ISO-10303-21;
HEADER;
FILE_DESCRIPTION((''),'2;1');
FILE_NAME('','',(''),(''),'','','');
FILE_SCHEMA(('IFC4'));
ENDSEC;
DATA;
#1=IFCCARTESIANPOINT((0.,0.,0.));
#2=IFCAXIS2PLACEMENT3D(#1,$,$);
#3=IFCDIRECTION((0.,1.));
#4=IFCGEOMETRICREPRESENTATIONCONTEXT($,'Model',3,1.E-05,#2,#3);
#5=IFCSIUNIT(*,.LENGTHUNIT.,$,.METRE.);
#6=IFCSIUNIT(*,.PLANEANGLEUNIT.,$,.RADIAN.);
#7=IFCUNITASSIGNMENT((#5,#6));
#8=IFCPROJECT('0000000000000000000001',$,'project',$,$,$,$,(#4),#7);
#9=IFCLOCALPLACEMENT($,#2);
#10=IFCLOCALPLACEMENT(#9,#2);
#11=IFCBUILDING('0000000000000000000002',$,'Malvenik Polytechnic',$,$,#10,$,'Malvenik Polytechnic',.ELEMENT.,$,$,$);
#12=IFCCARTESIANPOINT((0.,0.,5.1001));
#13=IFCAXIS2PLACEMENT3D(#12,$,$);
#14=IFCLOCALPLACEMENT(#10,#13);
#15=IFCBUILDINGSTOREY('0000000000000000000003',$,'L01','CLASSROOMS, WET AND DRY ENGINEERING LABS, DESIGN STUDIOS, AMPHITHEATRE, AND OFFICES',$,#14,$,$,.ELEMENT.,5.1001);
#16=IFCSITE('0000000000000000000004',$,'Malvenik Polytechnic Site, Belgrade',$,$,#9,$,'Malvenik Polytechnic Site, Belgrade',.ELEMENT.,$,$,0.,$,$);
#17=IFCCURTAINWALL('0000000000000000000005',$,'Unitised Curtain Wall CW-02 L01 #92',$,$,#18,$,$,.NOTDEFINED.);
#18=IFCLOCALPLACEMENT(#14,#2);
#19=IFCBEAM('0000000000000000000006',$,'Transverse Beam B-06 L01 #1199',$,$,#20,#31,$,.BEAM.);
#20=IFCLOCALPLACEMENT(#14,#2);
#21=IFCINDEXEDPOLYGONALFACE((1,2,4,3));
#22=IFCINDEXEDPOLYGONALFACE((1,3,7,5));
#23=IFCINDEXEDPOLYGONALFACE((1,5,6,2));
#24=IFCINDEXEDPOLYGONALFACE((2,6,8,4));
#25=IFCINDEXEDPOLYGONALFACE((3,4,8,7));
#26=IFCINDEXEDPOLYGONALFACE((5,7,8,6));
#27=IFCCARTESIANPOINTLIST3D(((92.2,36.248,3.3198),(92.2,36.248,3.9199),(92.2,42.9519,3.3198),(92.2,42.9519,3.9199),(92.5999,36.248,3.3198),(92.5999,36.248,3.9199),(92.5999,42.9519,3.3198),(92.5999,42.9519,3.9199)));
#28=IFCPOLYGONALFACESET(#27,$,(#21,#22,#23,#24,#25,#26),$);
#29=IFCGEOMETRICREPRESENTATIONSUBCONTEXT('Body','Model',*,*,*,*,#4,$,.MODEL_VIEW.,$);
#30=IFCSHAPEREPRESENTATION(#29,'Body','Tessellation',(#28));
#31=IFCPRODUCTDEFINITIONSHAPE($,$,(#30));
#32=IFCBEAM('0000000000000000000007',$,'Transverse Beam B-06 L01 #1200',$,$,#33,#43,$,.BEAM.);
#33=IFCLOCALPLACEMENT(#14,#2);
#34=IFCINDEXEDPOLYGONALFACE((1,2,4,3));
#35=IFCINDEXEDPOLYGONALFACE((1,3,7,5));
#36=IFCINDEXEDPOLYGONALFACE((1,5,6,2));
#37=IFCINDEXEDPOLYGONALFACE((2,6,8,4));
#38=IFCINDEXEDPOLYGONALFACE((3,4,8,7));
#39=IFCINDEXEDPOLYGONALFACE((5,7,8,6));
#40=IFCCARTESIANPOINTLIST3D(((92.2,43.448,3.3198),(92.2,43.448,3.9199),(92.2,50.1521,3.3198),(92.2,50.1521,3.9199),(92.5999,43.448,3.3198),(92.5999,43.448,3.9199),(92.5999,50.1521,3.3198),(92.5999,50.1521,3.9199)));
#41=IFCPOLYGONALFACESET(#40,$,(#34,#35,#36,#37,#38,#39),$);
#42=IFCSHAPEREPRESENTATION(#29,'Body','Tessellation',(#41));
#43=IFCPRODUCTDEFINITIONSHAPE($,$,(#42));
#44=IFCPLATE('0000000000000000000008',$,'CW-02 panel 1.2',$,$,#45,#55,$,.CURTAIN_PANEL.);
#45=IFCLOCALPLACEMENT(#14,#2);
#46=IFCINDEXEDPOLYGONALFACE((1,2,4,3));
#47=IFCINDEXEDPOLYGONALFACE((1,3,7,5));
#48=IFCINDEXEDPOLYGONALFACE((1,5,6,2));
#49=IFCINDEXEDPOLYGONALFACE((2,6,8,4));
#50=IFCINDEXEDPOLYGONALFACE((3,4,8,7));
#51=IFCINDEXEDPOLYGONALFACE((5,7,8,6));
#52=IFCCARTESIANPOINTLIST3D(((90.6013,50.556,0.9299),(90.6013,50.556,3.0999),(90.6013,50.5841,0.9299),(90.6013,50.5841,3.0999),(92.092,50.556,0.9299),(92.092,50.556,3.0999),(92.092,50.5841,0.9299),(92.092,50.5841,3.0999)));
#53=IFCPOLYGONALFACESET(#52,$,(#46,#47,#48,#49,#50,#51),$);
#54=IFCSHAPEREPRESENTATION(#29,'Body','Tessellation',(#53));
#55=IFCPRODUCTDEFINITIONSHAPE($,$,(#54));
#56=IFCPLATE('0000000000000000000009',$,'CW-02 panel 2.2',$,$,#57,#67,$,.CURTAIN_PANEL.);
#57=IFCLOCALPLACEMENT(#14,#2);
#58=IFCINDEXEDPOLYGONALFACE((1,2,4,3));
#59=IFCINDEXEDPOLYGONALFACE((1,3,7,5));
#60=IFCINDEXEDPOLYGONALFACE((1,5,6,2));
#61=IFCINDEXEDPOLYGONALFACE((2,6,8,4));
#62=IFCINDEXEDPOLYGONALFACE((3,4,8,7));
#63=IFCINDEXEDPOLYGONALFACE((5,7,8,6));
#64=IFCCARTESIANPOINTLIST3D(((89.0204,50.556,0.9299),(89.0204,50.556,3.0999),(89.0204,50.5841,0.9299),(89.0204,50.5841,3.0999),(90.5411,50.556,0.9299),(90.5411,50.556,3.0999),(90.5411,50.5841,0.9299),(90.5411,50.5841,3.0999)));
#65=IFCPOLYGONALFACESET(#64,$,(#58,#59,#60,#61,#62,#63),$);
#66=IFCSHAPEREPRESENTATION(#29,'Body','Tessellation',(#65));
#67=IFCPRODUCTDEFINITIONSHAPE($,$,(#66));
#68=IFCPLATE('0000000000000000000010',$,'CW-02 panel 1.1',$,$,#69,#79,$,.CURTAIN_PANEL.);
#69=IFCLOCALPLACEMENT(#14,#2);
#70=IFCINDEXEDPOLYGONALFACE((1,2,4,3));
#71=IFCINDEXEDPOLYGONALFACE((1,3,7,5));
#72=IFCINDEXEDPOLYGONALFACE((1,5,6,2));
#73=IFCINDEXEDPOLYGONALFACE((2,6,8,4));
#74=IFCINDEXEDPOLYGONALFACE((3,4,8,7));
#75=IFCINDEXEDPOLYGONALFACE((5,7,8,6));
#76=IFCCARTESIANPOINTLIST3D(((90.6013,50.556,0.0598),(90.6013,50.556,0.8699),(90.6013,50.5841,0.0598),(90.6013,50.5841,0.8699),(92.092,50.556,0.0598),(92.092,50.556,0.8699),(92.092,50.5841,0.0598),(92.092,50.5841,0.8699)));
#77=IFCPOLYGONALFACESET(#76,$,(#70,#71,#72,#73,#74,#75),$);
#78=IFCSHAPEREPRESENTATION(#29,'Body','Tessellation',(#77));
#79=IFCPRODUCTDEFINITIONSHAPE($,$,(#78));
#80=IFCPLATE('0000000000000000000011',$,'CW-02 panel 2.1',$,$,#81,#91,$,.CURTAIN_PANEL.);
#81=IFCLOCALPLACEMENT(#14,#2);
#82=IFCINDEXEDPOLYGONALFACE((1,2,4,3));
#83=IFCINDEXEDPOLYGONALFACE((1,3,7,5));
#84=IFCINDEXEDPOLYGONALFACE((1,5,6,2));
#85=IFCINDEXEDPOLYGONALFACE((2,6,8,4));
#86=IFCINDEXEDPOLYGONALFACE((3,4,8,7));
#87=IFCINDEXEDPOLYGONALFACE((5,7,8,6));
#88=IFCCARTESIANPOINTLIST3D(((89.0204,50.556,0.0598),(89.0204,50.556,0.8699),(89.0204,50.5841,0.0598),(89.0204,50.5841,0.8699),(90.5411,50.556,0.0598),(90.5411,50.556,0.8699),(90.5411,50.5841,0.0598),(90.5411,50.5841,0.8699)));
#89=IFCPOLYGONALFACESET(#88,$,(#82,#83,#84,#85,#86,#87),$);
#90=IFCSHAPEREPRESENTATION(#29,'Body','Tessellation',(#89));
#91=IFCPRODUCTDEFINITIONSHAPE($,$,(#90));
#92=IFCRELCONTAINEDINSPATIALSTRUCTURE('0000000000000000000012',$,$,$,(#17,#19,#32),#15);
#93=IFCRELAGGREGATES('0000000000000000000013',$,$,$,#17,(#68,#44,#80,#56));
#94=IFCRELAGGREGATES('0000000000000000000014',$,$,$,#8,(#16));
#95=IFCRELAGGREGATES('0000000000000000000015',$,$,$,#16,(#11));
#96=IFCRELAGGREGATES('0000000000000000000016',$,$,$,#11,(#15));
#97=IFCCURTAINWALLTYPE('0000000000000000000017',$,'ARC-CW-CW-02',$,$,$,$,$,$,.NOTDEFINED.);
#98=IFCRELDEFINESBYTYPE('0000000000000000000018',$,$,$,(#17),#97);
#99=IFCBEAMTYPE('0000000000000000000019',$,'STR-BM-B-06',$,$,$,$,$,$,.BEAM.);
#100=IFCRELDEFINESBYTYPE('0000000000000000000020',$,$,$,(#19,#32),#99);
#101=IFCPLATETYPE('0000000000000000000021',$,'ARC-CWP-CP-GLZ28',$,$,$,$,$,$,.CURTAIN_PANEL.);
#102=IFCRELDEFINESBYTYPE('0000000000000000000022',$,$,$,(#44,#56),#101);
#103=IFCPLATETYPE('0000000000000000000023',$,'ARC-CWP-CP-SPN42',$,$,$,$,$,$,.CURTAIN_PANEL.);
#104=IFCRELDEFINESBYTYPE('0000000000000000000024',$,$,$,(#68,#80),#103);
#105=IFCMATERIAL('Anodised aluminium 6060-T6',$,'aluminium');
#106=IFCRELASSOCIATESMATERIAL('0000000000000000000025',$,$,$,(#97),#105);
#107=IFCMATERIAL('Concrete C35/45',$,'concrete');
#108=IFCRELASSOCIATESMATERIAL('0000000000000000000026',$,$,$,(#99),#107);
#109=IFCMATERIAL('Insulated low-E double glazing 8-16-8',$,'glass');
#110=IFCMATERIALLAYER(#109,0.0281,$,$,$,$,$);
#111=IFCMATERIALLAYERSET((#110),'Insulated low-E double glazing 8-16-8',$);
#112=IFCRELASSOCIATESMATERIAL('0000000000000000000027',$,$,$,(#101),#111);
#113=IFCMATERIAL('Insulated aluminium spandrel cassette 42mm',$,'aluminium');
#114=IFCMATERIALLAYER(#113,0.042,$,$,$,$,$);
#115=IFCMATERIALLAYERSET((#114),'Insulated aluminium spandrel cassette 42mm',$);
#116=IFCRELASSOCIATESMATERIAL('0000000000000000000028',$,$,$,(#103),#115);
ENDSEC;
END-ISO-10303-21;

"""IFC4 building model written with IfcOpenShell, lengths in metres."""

from ifc_helpers import new_model, si_unit, direction, frame, origin, origin_2d, place, context, subcontext, project, spatial, rectangle, extrude, material, layer, layer_set, material_profile, profile_set, type_object, element, aggregate, save


model = new_model("IFC4")

# Units and contexts
model_context = context("Model", 3, precision=1e-05, world=origin(), true_north=direction((0.0, 1.0)))
body_context = subcontext(model_context, "Body", "Model", "MODEL_VIEW")
ifc_project = project(units=[si_unit("LENGTHUNIT", "METRE"), si_unit("PLANEANGLEUNIT", "RADIAN")], contexts=[model_context])

# Site, building, storey
site_placement = place(None, origin())
site = spatial("IfcSite", under=ifc_project, at=site_placement, Name="Malvenik Polytechnic Site, Belgrade", LongName="Malvenik Polytechnic Site, Belgrade", CompositionType="ELEMENT", RefElevation=0.0)
building_placement = place(site_placement, origin())
building = spatial("IfcBuilding", under=site, at=building_placement, Name="Malvenik Polytechnic", LongName="Malvenik Polytechnic", CompositionType="ELEMENT")
storey_placement = place(building_placement, frame((0.0, 0.0, 5.1001)))
storey = spatial("IfcBuildingStorey", under=building, at=storey_placement, Name="L01", Description="CLASSROOMS, WET AND DRY ENGINEERING LABS, DESIGN STUDIOS, AMPHITHEATRE, AND OFFICES", CompositionType="ELEMENT", Elevation=5.1001)

# Shared definitions
ifc_material_1 = material(Name="Concrete C35/45", Category="concrete")

# Curtain wall
ifc_material_2 = material(Name="Anodised aluminium 6060-T6", Category="aluminium")
curtain_wall_type = type_object("IfcCurtainWallType", Name="ARC-CW-CW-02", PredefinedType="NOTDEFINED", material=ifc_material_2)
curtain_wall_placement = place(storey_placement, origin())
curtain_wall = element("IfcCurtainWall", 1, at=curtain_wall_placement, inside=storey, type_object=curtain_wall_type, Name="Unitised Curtain Wall CW-02 L01 #92", PredefinedType="NOTDEFINED")

# Beams
ifc_material_profile_1 = material_profile(ifc_material_1, rectangle(XDim=0.3999, YDim=0.6001, at=origin_2d()), Name="RC BM 400x600")
ifc_profile_set_1 = profile_set([ifc_material_profile_1], Name="Concrete C35/45")
beam_type = type_object("IfcBeamType", Name="STR-BM-B-06", PredefinedType="BEAM", material=ifc_profile_set_1)
beam_1_placement = place(storey_placement, frame((92.3999, 36.248, 3.6199), z_axis=(0.0, 1.0, 0.0), x_axis=(-1.0, 0.0, 0.0)))
element("IfcBeam", 2, at=beam_1_placement, inside=storey, type_object=beam_type, Name="Transverse Beam B-06 L01 #1199", PredefinedType="BEAM", context=body_context, shape_type="SweptSolid", body=[
    extrude(rectangle(XDim=0.3999, YDim=0.6001, at=origin_2d()), origin(), (0.0, 0.0, 1.0), 6.7039),
])
beam_2_placement = place(storey_placement, frame((92.3999, 43.448, 3.6199), z_axis=(0.0, 1.0, 0.0), x_axis=(-1.0, 0.0, 0.0)))
element("IfcBeam", 3, at=beam_2_placement, inside=storey, type_object=beam_type, Name="Transverse Beam B-06 L01 #1200", PredefinedType="BEAM", context=body_context, shape_type="SweptSolid", body=[
    extrude(rectangle(XDim=0.3999, YDim=0.6001, at=origin_2d()), origin(), (0.0, 0.0, 1.0), 6.7041),
])

# Plates
ifc_material_3 = material(Name="Insulated low-E double glazing 8-16-8", Category="glass")
ifc_layer_1 = layer(ifc_material_3, 0.0281)
ifc_layer_set_1 = layer_set([ifc_layer_1], Name="Insulated low-E double glazing 8-16-8")
plate_type_1 = type_object("IfcPlateType", Name="ARC-CWP-CP-GLZ28", PredefinedType="CURTAIN_PANEL", material=ifc_layer_set_1)
plate_1_placement = place(storey_placement, frame((91.3467, 50.5701, 0.9299), z_axis=(0.0, 0.0, 1.0), x_axis=(-1.0, 0.0, 0.0)))
plate_1 = element("IfcPlate", 4, at=plate_1_placement, type_object=plate_type_1, Name="CW-02 panel 1.2", PredefinedType="CURTAIN_PANEL", context=body_context, shape_type="SweptSolid", body=[
    extrude(rectangle(XDim=1.4907, YDim=0.0281, at=origin_2d()), origin(), (0.0, 0.0, 1.0), 2.1699),
])
plate_2_placement = place(storey_placement, frame((89.7808, 50.5701, 0.9299), z_axis=(0.0, 0.0, 1.0), x_axis=(-1.0, 0.0, 0.0)))
plate_2 = element("IfcPlate", 5, at=plate_2_placement, type_object=plate_type_1, Name="CW-02 panel 2.2", PredefinedType="CURTAIN_PANEL", context=body_context, shape_type="SweptSolid", body=[
    extrude(rectangle(XDim=1.5208, YDim=0.0281, at=origin_2d()), origin(), (0.0, 0.0, 1.0), 2.1699),
])
ifc_material_4 = material(Name="Insulated aluminium spandrel cassette 42mm", Category="aluminium")
ifc_layer_2 = layer(ifc_material_4, 0.042)
ifc_layer_set_2 = layer_set([ifc_layer_2], Name="Insulated aluminium spandrel cassette 42mm")
plate_type_2 = type_object("IfcPlateType", Name="ARC-CWP-CP-SPN42", PredefinedType="CURTAIN_PANEL", material=ifc_layer_set_2)
plate_3_placement = place(storey_placement, frame((91.3467, 50.5701, 0.0598), z_axis=(0.0, 0.0, 1.0), x_axis=(-1.0, 0.0, 0.0)))
plate_3 = element("IfcPlate", 6, at=plate_3_placement, type_object=plate_type_2, Name="CW-02 panel 1.1", PredefinedType="CURTAIN_PANEL", context=body_context, shape_type="SweptSolid", body=[
    extrude(rectangle(XDim=1.4907, YDim=0.0281, at=origin_2d()), origin(), (0.0, 0.0, 1.0), 0.8101),
])
plate_4_placement = place(storey_placement, frame((89.7808, 50.5701, 0.0598), z_axis=(0.0, 0.0, 1.0), x_axis=(-1.0, 0.0, 0.0)))
plate_4 = element("IfcPlate", 7, at=plate_4_placement, type_object=plate_type_2, Name="CW-02 panel 2.1", PredefinedType="CURTAIN_PANEL", context=body_context, shape_type="SweptSolid", body=[
    extrude(rectangle(XDim=1.5208, YDim=0.0281, at=origin_2d()), origin(), (0.0, 0.0, 1.0), 0.8101),
])
aggregate(curtain_wall, [plate_3, plate_1, plate_4, plate_2])

save(model, "model.ifc")
